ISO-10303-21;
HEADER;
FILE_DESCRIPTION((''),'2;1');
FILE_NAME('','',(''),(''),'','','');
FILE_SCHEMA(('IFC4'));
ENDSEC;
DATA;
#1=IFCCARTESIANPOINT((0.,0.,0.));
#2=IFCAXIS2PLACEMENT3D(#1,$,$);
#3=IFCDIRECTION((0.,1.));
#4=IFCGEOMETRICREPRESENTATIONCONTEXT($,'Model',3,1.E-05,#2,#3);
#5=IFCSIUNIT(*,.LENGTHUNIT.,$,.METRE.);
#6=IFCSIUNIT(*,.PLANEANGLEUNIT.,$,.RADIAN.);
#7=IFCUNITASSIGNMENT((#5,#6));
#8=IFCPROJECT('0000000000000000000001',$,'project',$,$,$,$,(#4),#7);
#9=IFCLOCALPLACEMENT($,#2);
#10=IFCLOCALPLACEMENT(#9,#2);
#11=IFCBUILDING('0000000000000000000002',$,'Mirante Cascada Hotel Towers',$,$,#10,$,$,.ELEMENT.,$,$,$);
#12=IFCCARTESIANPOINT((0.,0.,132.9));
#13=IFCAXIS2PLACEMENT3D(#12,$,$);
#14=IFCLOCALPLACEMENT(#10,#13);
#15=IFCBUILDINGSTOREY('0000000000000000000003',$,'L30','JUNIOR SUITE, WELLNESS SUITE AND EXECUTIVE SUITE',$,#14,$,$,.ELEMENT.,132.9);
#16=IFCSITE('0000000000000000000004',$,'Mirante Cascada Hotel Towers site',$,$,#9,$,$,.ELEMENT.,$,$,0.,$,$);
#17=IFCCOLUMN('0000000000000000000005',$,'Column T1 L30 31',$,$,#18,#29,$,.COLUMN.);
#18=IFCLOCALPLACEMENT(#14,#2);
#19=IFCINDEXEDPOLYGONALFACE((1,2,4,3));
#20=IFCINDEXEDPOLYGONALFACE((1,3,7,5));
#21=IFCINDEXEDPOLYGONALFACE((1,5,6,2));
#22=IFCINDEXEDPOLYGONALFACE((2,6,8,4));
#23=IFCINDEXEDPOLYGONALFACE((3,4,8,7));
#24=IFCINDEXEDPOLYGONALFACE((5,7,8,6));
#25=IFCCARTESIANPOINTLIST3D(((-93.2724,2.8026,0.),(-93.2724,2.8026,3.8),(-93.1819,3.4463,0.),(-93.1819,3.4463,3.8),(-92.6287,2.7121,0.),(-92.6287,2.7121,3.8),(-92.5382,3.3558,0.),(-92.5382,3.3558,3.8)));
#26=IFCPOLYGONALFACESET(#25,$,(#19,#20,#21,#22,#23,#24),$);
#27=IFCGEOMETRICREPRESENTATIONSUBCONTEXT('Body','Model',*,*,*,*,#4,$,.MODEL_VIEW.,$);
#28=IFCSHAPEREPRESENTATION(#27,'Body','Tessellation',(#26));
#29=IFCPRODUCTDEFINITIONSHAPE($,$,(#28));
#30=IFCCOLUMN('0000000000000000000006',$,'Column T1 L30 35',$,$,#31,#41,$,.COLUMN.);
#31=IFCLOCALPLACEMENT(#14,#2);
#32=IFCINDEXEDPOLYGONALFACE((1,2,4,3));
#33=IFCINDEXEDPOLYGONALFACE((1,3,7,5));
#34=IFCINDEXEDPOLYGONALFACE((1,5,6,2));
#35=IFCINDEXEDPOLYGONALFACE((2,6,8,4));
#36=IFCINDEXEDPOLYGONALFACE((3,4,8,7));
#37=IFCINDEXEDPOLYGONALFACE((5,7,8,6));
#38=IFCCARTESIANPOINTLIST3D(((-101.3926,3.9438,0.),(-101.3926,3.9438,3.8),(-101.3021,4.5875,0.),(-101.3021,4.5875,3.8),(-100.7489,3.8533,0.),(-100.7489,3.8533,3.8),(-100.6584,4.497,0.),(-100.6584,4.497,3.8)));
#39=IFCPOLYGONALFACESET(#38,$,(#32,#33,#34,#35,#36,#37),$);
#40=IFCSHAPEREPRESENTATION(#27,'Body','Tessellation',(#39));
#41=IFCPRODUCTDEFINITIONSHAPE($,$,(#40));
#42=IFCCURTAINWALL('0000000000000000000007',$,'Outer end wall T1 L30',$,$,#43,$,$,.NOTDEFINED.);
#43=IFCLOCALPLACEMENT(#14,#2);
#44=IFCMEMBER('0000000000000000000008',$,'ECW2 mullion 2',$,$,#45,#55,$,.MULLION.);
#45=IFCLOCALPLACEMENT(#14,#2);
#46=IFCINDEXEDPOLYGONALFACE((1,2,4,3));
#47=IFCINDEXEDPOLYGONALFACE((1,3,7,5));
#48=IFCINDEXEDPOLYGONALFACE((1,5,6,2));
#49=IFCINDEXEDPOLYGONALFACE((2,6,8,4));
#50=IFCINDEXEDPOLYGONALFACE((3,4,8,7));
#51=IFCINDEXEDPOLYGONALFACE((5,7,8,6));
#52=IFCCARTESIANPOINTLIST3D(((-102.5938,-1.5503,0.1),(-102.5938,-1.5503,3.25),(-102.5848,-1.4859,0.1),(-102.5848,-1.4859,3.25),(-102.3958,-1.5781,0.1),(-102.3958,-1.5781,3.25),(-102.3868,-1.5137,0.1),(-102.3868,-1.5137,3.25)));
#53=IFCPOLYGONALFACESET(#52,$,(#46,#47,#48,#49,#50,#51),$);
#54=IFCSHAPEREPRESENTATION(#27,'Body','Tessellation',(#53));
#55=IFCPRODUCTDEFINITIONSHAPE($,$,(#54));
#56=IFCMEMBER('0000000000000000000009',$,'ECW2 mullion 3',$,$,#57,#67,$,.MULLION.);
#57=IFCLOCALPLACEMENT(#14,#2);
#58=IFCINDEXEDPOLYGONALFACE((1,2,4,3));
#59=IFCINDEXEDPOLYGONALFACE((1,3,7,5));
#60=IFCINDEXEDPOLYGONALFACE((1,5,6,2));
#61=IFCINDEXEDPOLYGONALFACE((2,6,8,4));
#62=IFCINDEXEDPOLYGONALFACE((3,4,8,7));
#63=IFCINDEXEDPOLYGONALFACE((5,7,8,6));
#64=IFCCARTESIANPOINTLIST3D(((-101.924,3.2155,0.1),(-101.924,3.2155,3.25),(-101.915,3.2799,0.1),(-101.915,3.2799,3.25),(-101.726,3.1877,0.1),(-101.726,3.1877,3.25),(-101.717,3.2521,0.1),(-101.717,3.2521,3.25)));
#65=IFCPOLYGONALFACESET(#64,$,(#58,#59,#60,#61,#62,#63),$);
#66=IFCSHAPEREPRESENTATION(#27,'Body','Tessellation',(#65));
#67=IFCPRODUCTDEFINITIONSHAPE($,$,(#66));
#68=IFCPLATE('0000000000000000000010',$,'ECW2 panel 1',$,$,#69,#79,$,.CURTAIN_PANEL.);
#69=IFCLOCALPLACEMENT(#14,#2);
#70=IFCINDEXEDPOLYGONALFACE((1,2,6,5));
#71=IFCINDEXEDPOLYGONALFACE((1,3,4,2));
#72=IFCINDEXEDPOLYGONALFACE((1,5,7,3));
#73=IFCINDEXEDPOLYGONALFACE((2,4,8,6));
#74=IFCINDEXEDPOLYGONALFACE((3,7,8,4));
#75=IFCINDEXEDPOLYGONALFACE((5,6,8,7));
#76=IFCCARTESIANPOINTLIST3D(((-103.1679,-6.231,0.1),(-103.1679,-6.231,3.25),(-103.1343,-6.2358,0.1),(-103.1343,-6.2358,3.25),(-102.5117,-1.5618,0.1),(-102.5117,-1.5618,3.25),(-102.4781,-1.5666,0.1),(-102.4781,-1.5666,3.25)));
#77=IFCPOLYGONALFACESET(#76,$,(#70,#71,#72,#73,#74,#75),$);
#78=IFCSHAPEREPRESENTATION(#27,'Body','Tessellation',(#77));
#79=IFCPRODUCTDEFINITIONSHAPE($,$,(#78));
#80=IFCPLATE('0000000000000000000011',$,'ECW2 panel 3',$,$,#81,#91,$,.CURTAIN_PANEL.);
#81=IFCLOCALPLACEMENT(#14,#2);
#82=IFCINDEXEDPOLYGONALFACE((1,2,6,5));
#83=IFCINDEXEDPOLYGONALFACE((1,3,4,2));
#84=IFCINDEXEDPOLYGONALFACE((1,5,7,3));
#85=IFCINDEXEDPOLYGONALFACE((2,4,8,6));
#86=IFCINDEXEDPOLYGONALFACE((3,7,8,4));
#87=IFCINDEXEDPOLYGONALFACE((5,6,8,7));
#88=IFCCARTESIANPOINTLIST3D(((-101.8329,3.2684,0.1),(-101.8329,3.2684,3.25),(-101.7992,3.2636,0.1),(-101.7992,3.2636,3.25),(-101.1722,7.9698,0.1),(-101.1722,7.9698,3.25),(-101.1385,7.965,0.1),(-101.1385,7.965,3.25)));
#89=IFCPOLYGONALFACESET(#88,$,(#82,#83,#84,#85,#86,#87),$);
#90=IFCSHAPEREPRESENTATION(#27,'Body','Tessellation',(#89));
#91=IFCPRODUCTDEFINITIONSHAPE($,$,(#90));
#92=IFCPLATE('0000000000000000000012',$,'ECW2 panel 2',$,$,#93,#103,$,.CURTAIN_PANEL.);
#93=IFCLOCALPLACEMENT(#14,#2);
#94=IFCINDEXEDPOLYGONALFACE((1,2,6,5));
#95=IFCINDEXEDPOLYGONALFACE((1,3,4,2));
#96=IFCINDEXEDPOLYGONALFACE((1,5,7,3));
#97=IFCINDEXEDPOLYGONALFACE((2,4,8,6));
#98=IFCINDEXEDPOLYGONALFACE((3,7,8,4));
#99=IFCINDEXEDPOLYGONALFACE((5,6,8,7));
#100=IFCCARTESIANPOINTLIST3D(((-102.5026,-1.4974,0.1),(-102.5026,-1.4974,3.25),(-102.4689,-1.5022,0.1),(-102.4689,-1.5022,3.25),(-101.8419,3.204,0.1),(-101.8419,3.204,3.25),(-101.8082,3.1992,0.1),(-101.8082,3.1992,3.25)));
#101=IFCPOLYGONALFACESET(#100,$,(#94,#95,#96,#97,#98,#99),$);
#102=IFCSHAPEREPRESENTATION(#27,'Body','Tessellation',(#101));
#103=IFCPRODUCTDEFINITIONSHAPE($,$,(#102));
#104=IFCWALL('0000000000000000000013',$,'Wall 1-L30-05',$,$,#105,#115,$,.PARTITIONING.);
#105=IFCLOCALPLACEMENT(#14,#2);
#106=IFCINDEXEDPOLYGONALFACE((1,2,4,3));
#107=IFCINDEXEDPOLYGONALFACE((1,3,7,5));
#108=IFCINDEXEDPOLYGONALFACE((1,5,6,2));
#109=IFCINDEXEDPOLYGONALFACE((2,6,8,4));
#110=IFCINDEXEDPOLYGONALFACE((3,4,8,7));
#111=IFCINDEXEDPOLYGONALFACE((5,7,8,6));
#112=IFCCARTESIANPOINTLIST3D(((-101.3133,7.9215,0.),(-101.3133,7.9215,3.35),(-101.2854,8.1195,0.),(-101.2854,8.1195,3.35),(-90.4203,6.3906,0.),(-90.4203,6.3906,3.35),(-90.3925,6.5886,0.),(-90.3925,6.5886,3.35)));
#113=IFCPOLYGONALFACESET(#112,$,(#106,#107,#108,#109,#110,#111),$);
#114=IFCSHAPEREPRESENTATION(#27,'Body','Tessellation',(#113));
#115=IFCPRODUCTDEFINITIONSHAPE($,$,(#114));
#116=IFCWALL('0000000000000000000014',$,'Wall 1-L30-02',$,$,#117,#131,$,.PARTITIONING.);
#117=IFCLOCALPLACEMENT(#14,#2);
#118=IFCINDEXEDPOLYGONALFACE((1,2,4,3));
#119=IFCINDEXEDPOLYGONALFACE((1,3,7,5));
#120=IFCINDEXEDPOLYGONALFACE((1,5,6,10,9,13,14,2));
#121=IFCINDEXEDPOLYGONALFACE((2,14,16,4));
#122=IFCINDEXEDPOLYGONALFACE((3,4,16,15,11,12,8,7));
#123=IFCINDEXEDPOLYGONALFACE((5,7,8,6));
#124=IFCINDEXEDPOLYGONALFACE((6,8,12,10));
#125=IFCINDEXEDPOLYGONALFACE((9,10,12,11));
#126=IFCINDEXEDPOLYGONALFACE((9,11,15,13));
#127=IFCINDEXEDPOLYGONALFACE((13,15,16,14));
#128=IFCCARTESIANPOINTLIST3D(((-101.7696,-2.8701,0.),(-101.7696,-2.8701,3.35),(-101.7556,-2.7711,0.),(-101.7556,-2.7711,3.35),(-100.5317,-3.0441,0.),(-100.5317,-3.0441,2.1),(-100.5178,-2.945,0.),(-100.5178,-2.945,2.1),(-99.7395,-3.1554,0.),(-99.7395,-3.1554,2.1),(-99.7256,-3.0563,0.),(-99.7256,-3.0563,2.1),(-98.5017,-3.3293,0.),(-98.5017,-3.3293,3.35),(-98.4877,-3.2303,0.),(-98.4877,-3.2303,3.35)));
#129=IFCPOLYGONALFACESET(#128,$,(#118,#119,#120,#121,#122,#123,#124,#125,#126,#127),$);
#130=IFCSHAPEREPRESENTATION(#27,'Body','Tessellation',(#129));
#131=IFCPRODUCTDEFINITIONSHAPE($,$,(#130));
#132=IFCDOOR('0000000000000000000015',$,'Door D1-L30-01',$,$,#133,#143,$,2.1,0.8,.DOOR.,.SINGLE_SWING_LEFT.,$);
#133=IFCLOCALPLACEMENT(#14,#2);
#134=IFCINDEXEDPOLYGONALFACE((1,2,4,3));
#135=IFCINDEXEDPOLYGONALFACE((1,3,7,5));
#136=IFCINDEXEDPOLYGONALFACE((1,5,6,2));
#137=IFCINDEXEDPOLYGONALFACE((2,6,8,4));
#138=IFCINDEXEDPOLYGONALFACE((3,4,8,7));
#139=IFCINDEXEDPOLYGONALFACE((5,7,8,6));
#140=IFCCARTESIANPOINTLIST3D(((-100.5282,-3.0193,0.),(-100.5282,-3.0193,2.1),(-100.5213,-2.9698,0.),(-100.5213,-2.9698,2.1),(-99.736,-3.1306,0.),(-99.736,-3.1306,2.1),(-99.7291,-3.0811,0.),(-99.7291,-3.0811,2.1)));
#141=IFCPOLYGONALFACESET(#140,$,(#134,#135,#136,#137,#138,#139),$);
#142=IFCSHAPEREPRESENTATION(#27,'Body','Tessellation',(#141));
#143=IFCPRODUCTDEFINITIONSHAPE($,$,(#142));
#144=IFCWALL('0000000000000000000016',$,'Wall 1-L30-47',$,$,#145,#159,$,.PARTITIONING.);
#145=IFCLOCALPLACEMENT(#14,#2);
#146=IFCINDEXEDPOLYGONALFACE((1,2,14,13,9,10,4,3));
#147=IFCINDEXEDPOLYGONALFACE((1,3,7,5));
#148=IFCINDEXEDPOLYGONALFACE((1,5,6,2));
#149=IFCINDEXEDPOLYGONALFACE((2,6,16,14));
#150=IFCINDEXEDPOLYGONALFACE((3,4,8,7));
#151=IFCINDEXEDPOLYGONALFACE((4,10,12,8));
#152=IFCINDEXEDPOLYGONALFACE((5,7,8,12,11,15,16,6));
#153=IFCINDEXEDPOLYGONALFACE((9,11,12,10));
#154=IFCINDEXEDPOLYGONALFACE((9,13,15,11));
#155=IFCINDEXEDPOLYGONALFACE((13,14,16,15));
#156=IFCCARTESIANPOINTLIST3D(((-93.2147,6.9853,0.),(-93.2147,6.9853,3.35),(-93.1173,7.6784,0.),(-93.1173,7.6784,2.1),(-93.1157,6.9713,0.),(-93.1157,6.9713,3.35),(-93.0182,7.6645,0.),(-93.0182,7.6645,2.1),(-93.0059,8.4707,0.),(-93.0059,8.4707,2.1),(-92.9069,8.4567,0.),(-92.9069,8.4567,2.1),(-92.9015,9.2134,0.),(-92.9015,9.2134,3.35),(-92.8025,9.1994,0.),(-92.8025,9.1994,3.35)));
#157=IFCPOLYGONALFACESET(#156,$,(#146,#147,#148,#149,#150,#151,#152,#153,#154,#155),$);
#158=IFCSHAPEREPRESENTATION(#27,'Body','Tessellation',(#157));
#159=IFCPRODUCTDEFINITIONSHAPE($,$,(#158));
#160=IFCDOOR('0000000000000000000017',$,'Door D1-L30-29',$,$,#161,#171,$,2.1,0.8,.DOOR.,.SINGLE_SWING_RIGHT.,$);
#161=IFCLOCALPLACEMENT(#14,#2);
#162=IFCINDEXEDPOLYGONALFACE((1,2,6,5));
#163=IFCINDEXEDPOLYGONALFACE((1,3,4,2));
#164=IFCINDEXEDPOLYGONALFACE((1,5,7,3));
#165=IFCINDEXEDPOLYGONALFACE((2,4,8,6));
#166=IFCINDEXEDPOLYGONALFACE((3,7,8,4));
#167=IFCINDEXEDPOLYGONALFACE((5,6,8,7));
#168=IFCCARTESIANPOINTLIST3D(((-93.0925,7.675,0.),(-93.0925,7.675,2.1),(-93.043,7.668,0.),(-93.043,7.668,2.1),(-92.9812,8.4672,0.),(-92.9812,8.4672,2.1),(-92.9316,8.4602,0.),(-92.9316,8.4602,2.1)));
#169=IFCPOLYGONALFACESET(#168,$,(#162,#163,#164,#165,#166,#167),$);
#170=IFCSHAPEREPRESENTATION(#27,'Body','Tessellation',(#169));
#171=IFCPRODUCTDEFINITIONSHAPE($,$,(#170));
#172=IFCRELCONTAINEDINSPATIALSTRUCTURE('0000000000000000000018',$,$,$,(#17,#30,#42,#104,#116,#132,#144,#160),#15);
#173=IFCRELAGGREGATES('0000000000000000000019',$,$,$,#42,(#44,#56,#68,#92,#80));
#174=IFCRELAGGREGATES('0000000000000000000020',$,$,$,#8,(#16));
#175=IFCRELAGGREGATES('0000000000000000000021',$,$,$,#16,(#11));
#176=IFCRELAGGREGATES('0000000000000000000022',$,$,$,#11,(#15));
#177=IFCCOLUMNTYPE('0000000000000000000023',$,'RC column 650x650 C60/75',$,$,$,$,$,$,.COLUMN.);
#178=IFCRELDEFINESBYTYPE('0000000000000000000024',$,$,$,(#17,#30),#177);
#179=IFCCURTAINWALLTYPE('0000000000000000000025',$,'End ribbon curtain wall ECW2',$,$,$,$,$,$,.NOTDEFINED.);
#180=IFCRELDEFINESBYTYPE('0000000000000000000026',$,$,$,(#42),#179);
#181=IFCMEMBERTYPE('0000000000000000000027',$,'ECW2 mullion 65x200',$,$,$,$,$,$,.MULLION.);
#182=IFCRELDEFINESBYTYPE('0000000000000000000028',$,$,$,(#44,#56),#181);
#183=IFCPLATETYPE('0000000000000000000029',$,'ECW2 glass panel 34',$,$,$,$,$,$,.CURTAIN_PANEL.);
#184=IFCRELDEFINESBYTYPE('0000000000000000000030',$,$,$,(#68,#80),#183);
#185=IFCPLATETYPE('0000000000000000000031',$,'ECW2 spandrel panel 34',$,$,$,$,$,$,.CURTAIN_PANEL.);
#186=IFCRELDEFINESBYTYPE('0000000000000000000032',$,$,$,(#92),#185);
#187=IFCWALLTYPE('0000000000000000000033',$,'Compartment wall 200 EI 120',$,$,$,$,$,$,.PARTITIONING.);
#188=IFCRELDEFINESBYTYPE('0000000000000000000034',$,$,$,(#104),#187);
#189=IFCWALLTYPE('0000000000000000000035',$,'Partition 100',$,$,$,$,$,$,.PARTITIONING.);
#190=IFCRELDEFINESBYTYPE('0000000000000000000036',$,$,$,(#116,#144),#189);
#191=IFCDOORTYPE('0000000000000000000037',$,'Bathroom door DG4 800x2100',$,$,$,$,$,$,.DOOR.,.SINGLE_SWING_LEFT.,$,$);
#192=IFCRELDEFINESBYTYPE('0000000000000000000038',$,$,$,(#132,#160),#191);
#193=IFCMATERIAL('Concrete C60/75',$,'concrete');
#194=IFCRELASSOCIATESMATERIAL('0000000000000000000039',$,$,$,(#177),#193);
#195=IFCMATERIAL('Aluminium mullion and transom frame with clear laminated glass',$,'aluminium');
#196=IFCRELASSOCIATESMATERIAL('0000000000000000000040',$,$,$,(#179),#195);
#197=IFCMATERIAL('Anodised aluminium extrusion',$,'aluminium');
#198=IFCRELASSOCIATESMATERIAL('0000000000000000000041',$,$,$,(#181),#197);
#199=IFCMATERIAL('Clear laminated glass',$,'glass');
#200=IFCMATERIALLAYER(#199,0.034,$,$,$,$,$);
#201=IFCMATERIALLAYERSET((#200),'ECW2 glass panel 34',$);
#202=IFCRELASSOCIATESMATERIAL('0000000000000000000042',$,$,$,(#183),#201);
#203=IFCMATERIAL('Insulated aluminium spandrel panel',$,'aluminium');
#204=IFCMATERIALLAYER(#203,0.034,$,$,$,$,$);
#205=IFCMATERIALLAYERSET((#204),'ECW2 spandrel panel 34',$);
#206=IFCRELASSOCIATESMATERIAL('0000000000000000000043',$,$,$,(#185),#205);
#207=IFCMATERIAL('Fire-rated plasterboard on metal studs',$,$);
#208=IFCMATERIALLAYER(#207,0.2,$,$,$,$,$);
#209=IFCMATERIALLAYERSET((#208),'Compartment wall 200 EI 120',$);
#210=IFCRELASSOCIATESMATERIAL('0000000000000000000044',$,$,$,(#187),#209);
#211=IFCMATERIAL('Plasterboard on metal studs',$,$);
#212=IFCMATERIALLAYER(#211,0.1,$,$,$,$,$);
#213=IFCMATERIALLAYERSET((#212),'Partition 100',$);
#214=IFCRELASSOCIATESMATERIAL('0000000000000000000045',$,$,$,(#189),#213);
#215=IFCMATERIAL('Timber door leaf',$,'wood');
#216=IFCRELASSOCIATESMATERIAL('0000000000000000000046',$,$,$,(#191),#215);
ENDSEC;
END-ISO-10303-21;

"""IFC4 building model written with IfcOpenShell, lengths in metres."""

from ifc_helpers import new_model, si_unit, direction, frame, frame_2d, origin, origin_2d, place, context, subcontext, project, spatial, rectangle, extrude, material, layer, layer_set, material_profile, profile_set, type_object, element, fill, aggregate, save


model = new_model("IFC4")

# Units and contexts
model_context = context("Model", 3, precision=1e-05, world=origin(), true_north=direction((0.0, 1.0)))
body_context = subcontext(model_context, "Body", "Model", "MODEL_VIEW")
ifc_project = project(units=[si_unit("LENGTHUNIT", "METRE"), si_unit("PLANEANGLEUNIT", "RADIAN")], contexts=[model_context])

# Site, building, storey
site_placement = place(None, origin())
site = spatial("IfcSite", under=ifc_project, at=site_placement, Name="Mirante Cascada Hotel Towers site", CompositionType="ELEMENT", RefElevation=0.0)
building_placement = place(site_placement, origin())
building = spatial("IfcBuilding", under=site, at=building_placement, Name="Mirante Cascada Hotel Towers", CompositionType="ELEMENT")
storey_placement = place(building_placement, frame((0.0, 0.0, 132.9)))
storey = spatial("IfcBuildingStorey", under=building, at=storey_placement, Name="L30", Description="JUNIOR SUITE, WELLNESS SUITE AND EXECUTIVE SUITE", CompositionType="ELEMENT", Elevation=132.9)

# Columns
ifc_material_1 = material(Name="Concrete C60/75", Category="concrete")
ifc_material_profile_1 = material_profile(ifc_material_1, rectangle(XDim=0.65, YDim=0.65, at=origin_2d()), Name="RC column 650x650 C60/75")
ifc_profile_set_1 = profile_set([ifc_material_profile_1], Name="Concrete C60/75")
column_type = type_object("IfcColumnType", Name="RC column 650x650 C60/75", PredefinedType="COLUMN", material=ifc_profile_set_1)
for number, where, z_axis, x_axis, name in (
    (1, (-92.9053, 3.0792, 0.0), (0.0, 0.0, 1.0), (-0.990268, 0.139173, 0.0), "Column T1 L30 31"),
    (2, (-101.0255, 4.2204, 0.0), (0.0, 0.0, 1.0), (-0.990268, 0.139173, 0.0), "Column T1 L30 35"),
):
    element("IfcColumn", number, at=place(storey_placement, frame(where, z_axis=z_axis, x_axis=x_axis)), inside=storey, type_object=column_type, Name=name, PredefinedType="COLUMN", context=body_context, shape_type="SweptSolid", body=[
        extrude(rectangle(XDim=0.65, YDim=0.65, at=origin_2d()), origin(), (0.0, 0.0, 1.0), 3.8),
    ])

# Curtain wall, members, plates
ifc_material_2 = material(Name="Aluminium mullion and transom frame with clear laminated glass", Category="aluminium")
curtain_wall_type = type_object("IfcCurtainWallType", Name="End ribbon curtain wall ECW2", PredefinedType="NOTDEFINED", material=ifc_material_2)
curtain_wall_placement = place(storey_placement, origin())
curtain_wall = element("IfcCurtainWall", 3, at=curtain_wall_placement, inside=storey, type_object=curtain_wall_type, Name="Outer end wall T1 L30", PredefinedType="NOTDEFINED")
ifc_material_3 = material(Name="Anodised aluminium extrusion", Category="aluminium")
ifc_material_profile_2 = material_profile(ifc_material_3, rectangle(XDim=0.2, YDim=0.065, at=origin_2d()), Name="ECW2 MULLION 65x200")
ifc_profile_set_2 = profile_set([ifc_material_profile_2], Name="Anodised aluminium extrusion")
member_type = type_object("IfcMemberType", Name="ECW2 mullion 65x200", PredefinedType="MULLION", material=ifc_profile_set_2)
member_1_placement = place(storey_placement, frame((-102.4903, -1.532, 0.1), z_axis=(0.0, 0.0, 1.0), x_axis=(-0.990268, 0.139173, 0.0)))
member_1 = element("IfcMember", 4, at=member_1_placement, type_object=member_type, Name="ECW2 mullion 2", PredefinedType="MULLION", context=body_context, shape_type="SweptSolid", body=[
    extrude(rectangle(XDim=0.2, YDim=0.065, at=origin_2d()), origin(), (0.0, 0.0, 1.0), 3.15),
])
member_2_placement = place(storey_placement, frame((-101.8205, 3.2338, 0.1), z_axis=(0.0, 0.0, 1.0), x_axis=(-0.990268, 0.139173, 0.0)))
member_2 = element("IfcMember", 5, at=member_2_placement, type_object=member_type, Name="ECW2 mullion 3", PredefinedType="MULLION", context=body_context, shape_type="SweptSolid", body=[
    extrude(rectangle(XDim=0.2, YDim=0.065, at=origin_2d()), origin(), (0.0, 0.0, 1.0), 3.15),
])
ifc_material_4 = material(Name="Clear laminated glass", Category="glass")
ifc_layer_1 = layer(ifc_material_4, 0.034)
ifc_layer_set_1 = layer_set([ifc_layer_1], Name="ECW2 glass panel 34")
plate_type_1 = type_object("IfcPlateType", Name="ECW2 glass panel 34", PredefinedType="CURTAIN_PANEL", material=ifc_layer_set_1)
plate_1_placement = place(storey_placement, frame((-102.823, -3.8988, 0.1), z_axis=(0.0, 0.0, 1.0), x_axis=(0.139173, 0.990268, 0.0)))
plate_1 = element("IfcPlate", 6, at=plate_1_placement, type_object=plate_type_1, Name="ECW2 panel 1", PredefinedType="CURTAIN_PANEL", context=body_context, shape_type="SweptSolid", body=[
    extrude(rectangle(XDim=4.7151, YDim=0.034, at=origin_2d()), origin(), (0.0, 0.0, 1.0), 3.15),
])
plate_2_placement = place(storey_placement, frame((-101.4857, 5.6167, 0.1), z_axis=(0.0, 0.0, 1.0), x_axis=(0.139173, 0.990268, 0.0)))
plate_2 = element("IfcPlate", 7, at=plate_2_placement, type_object=plate_type_1, Name="ECW2 panel 3", PredefinedType="CURTAIN_PANEL", context=body_context, shape_type="SweptSolid", body=[
    extrude(rectangle(XDim=4.7476, YDim=0.034, at=origin_2d()), origin(), (0.0, 0.0, 1.0), 3.15),
])
ifc_material_5 = material(Name="Insulated aluminium spandrel panel", Category="aluminium")
ifc_layer_2 = layer(ifc_material_5, 0.034)
ifc_layer_set_2 = layer_set([ifc_layer_2], Name="ECW2 spandrel panel 34")
plate_type_2 = type_object("IfcPlateType", Name="ECW2 spandrel panel 34", PredefinedType="CURTAIN_PANEL", material=ifc_layer_set_2)
plate_3_placement = place(storey_placement, frame((-102.1554, 0.8509, 0.1), z_axis=(0.0, 0.0, 1.0), x_axis=(0.139173, 0.990268, 0.0)))
plate_3 = element("IfcPlate", 8, at=plate_3_placement, type_object=plate_type_2, Name="ECW2 panel 2", PredefinedType="CURTAIN_PANEL", context=body_context, shape_type="SweptSolid", body=[
    extrude(rectangle(XDim=4.7476, YDim=0.034, at=origin_2d()), origin(), (0.0, 0.0, 1.0), 3.15),
])
aggregate(curtain_wall, [member_1, member_2, plate_1, plate_3, plate_2])

# Wall
ifc_material_6 = material(Name="Fire-rated plasterboard on metal studs")
ifc_layer_3 = layer(ifc_material_6, 0.2)
ifc_layer_set_3 = layer_set([ifc_layer_3], Name="Compartment wall 200 EI 120")
wall_type_1 = type_object("IfcWallType", Name="Compartment wall 200 EI 120", PredefinedType="PARTITIONING", material=ifc_layer_set_3)
wall_1_placement = place(storey_placement, frame((-90.4064, 6.4896, 0.0), z_axis=(0.0, 0.0, 1.0), x_axis=(-0.990268, 0.139173, 0.0)))
element("IfcWall", 9, at=wall_1_placement, inside=storey, type_object=wall_type_1, Name="Wall 1-L30-05", PredefinedType="PARTITIONING", context=body_context, shape_type="SweptSolid", body=[
    extrude(rectangle(XDim=11.0, YDim=0.2, at=frame_2d((5.5, 0.0))), origin(), (0.0, 0.0, 1.0), 3.35),
])

# Walls, openings, doors
ifc_material_7 = material(Name="Plasterboard on metal studs")
ifc_layer_4 = layer(ifc_material_7, 0.1)
ifc_layer_set_4 = layer_set([ifc_layer_4], Name="Partition 100")
wall_type_2 = type_object("IfcWallType", Name="Partition 100", PredefinedType="PARTITIONING", material=ifc_layer_set_4)
wall_2_placement = place(storey_placement, frame((-101.7626, -2.8206, 0.0), z_axis=(0.0, 0.0, 1.0), x_axis=(0.990271, -0.139151, 0.0)))
wall_2 = element("IfcWall", 10, at=wall_2_placement, inside=storey, type_object=wall_type_2, Name="Wall 1-L30-02", PredefinedType="PARTITIONING", context=body_context, shape_type="SweptSolid", body=[
    extrude(rectangle(XDim=3.3, YDim=0.1, at=frame_2d((1.65, 0.0))), origin(), (0.0, 0.0, 1.0), 3.35),
])
opening_1_placement = place(wall_2_placement, frame((1.25, 0.0, 0.0)))
opening_1 = element("IfcOpeningElement", 11, at=opening_1_placement, cuts=wall_2, PredefinedType="OPENING", context=body_context, shape_type="SweptSolid", body=[
    extrude(rectangle(XDim=0.8, YDim=2.1, at=frame_2d((0.4, 1.05))), frame((0.0, 0.05, 0.0), z_axis=(0.0, -1.0, 0.0), x_axis=(1.0, 0.0, 0.0)), (0.0, 0.0, 1.0), 0.1),
])
ifc_material_8 = material(Name="Timber door leaf", Category="wood")
door_type = type_object("IfcDoorType", Name="Bathroom door DG4 800x2100", OperationType="SINGLE_SWING_LEFT", PredefinedType="DOOR", material=ifc_material_8)
door_1_placement = place(opening_1_placement, origin())
door_1 = element("IfcDoor", 12, at=door_1_placement, inside=storey, type_object=door_type, Name="Door D1-L30-01", OperationType="SINGLE_SWING_LEFT", OverallHeight=2.1, OverallWidth=0.8, PredefinedType="DOOR", context=body_context, shape_type="SweptSolid", body=[
    extrude(rectangle(XDim=0.8, YDim=2.1, at=frame_2d((0.4, 1.05))), frame((0.0, 0.025, 0.0), z_axis=(0.0, -1.0, 0.0), x_axis=(1.0, 0.0, 0.0)), (0.0, 0.0, 1.0), 0.05),
])
fill(opening_1, door_1)
wall_3_placement = place(storey_placement, frame((-93.1652, 6.9783, 0.0), z_axis=(0.0, 0.0, 1.0), x_axis=(0.1392, 0.990264, 0.0)))
wall_3 = element("IfcWall", 13, at=wall_3_placement, inside=storey, type_object=wall_type_2, Name="Wall 1-L30-47", PredefinedType="PARTITIONING", context=body_context, shape_type="SweptSolid", body=[
    extrude(rectangle(XDim=2.25, YDim=0.1, at=frame_2d((1.125, 0.0))), origin(), (0.0, 0.0, 1.0), 3.35),
])
opening_2_placement = place(wall_3_placement, frame((0.7, 0.0, 0.0)))
opening_2 = element("IfcOpeningElement", 14, at=opening_2_placement, cuts=wall_3, PredefinedType="OPENING", context=body_context, shape_type="SweptSolid", body=[
    extrude(rectangle(XDim=0.8, YDim=2.1, at=frame_2d((0.4, 1.05))), frame((0.0, 0.05, 0.0), z_axis=(0.0, -1.0, 0.0), x_axis=(1.0, 0.0, 0.0)), (0.0, 0.0, 1.0), 0.1),
])
door_2_placement = place(opening_2_placement, frame((0.8, 0.0, 0.0), z_axis=(0.0, 0.0, 1.0), x_axis=(-1.0, 0.0, 0.0)))
door_2 = element("IfcDoor", 15, at=door_2_placement, inside=storey, type_object=door_type, Name="Door D1-L30-29", OperationType="SINGLE_SWING_RIGHT", OverallHeight=2.1, OverallWidth=0.8, PredefinedType="DOOR", context=body_context, shape_type="SweptSolid", body=[
    extrude(rectangle(XDim=0.8, YDim=2.1, at=frame_2d((0.4, 1.05))), frame((0.0, 0.025, 0.0), z_axis=(0.0, -1.0, 0.0), x_axis=(1.0, 0.0, 0.0)), (0.0, 0.0, 1.0), 0.05),
])
fill(opening_2, door_2)

save(model, "model.ifc")
